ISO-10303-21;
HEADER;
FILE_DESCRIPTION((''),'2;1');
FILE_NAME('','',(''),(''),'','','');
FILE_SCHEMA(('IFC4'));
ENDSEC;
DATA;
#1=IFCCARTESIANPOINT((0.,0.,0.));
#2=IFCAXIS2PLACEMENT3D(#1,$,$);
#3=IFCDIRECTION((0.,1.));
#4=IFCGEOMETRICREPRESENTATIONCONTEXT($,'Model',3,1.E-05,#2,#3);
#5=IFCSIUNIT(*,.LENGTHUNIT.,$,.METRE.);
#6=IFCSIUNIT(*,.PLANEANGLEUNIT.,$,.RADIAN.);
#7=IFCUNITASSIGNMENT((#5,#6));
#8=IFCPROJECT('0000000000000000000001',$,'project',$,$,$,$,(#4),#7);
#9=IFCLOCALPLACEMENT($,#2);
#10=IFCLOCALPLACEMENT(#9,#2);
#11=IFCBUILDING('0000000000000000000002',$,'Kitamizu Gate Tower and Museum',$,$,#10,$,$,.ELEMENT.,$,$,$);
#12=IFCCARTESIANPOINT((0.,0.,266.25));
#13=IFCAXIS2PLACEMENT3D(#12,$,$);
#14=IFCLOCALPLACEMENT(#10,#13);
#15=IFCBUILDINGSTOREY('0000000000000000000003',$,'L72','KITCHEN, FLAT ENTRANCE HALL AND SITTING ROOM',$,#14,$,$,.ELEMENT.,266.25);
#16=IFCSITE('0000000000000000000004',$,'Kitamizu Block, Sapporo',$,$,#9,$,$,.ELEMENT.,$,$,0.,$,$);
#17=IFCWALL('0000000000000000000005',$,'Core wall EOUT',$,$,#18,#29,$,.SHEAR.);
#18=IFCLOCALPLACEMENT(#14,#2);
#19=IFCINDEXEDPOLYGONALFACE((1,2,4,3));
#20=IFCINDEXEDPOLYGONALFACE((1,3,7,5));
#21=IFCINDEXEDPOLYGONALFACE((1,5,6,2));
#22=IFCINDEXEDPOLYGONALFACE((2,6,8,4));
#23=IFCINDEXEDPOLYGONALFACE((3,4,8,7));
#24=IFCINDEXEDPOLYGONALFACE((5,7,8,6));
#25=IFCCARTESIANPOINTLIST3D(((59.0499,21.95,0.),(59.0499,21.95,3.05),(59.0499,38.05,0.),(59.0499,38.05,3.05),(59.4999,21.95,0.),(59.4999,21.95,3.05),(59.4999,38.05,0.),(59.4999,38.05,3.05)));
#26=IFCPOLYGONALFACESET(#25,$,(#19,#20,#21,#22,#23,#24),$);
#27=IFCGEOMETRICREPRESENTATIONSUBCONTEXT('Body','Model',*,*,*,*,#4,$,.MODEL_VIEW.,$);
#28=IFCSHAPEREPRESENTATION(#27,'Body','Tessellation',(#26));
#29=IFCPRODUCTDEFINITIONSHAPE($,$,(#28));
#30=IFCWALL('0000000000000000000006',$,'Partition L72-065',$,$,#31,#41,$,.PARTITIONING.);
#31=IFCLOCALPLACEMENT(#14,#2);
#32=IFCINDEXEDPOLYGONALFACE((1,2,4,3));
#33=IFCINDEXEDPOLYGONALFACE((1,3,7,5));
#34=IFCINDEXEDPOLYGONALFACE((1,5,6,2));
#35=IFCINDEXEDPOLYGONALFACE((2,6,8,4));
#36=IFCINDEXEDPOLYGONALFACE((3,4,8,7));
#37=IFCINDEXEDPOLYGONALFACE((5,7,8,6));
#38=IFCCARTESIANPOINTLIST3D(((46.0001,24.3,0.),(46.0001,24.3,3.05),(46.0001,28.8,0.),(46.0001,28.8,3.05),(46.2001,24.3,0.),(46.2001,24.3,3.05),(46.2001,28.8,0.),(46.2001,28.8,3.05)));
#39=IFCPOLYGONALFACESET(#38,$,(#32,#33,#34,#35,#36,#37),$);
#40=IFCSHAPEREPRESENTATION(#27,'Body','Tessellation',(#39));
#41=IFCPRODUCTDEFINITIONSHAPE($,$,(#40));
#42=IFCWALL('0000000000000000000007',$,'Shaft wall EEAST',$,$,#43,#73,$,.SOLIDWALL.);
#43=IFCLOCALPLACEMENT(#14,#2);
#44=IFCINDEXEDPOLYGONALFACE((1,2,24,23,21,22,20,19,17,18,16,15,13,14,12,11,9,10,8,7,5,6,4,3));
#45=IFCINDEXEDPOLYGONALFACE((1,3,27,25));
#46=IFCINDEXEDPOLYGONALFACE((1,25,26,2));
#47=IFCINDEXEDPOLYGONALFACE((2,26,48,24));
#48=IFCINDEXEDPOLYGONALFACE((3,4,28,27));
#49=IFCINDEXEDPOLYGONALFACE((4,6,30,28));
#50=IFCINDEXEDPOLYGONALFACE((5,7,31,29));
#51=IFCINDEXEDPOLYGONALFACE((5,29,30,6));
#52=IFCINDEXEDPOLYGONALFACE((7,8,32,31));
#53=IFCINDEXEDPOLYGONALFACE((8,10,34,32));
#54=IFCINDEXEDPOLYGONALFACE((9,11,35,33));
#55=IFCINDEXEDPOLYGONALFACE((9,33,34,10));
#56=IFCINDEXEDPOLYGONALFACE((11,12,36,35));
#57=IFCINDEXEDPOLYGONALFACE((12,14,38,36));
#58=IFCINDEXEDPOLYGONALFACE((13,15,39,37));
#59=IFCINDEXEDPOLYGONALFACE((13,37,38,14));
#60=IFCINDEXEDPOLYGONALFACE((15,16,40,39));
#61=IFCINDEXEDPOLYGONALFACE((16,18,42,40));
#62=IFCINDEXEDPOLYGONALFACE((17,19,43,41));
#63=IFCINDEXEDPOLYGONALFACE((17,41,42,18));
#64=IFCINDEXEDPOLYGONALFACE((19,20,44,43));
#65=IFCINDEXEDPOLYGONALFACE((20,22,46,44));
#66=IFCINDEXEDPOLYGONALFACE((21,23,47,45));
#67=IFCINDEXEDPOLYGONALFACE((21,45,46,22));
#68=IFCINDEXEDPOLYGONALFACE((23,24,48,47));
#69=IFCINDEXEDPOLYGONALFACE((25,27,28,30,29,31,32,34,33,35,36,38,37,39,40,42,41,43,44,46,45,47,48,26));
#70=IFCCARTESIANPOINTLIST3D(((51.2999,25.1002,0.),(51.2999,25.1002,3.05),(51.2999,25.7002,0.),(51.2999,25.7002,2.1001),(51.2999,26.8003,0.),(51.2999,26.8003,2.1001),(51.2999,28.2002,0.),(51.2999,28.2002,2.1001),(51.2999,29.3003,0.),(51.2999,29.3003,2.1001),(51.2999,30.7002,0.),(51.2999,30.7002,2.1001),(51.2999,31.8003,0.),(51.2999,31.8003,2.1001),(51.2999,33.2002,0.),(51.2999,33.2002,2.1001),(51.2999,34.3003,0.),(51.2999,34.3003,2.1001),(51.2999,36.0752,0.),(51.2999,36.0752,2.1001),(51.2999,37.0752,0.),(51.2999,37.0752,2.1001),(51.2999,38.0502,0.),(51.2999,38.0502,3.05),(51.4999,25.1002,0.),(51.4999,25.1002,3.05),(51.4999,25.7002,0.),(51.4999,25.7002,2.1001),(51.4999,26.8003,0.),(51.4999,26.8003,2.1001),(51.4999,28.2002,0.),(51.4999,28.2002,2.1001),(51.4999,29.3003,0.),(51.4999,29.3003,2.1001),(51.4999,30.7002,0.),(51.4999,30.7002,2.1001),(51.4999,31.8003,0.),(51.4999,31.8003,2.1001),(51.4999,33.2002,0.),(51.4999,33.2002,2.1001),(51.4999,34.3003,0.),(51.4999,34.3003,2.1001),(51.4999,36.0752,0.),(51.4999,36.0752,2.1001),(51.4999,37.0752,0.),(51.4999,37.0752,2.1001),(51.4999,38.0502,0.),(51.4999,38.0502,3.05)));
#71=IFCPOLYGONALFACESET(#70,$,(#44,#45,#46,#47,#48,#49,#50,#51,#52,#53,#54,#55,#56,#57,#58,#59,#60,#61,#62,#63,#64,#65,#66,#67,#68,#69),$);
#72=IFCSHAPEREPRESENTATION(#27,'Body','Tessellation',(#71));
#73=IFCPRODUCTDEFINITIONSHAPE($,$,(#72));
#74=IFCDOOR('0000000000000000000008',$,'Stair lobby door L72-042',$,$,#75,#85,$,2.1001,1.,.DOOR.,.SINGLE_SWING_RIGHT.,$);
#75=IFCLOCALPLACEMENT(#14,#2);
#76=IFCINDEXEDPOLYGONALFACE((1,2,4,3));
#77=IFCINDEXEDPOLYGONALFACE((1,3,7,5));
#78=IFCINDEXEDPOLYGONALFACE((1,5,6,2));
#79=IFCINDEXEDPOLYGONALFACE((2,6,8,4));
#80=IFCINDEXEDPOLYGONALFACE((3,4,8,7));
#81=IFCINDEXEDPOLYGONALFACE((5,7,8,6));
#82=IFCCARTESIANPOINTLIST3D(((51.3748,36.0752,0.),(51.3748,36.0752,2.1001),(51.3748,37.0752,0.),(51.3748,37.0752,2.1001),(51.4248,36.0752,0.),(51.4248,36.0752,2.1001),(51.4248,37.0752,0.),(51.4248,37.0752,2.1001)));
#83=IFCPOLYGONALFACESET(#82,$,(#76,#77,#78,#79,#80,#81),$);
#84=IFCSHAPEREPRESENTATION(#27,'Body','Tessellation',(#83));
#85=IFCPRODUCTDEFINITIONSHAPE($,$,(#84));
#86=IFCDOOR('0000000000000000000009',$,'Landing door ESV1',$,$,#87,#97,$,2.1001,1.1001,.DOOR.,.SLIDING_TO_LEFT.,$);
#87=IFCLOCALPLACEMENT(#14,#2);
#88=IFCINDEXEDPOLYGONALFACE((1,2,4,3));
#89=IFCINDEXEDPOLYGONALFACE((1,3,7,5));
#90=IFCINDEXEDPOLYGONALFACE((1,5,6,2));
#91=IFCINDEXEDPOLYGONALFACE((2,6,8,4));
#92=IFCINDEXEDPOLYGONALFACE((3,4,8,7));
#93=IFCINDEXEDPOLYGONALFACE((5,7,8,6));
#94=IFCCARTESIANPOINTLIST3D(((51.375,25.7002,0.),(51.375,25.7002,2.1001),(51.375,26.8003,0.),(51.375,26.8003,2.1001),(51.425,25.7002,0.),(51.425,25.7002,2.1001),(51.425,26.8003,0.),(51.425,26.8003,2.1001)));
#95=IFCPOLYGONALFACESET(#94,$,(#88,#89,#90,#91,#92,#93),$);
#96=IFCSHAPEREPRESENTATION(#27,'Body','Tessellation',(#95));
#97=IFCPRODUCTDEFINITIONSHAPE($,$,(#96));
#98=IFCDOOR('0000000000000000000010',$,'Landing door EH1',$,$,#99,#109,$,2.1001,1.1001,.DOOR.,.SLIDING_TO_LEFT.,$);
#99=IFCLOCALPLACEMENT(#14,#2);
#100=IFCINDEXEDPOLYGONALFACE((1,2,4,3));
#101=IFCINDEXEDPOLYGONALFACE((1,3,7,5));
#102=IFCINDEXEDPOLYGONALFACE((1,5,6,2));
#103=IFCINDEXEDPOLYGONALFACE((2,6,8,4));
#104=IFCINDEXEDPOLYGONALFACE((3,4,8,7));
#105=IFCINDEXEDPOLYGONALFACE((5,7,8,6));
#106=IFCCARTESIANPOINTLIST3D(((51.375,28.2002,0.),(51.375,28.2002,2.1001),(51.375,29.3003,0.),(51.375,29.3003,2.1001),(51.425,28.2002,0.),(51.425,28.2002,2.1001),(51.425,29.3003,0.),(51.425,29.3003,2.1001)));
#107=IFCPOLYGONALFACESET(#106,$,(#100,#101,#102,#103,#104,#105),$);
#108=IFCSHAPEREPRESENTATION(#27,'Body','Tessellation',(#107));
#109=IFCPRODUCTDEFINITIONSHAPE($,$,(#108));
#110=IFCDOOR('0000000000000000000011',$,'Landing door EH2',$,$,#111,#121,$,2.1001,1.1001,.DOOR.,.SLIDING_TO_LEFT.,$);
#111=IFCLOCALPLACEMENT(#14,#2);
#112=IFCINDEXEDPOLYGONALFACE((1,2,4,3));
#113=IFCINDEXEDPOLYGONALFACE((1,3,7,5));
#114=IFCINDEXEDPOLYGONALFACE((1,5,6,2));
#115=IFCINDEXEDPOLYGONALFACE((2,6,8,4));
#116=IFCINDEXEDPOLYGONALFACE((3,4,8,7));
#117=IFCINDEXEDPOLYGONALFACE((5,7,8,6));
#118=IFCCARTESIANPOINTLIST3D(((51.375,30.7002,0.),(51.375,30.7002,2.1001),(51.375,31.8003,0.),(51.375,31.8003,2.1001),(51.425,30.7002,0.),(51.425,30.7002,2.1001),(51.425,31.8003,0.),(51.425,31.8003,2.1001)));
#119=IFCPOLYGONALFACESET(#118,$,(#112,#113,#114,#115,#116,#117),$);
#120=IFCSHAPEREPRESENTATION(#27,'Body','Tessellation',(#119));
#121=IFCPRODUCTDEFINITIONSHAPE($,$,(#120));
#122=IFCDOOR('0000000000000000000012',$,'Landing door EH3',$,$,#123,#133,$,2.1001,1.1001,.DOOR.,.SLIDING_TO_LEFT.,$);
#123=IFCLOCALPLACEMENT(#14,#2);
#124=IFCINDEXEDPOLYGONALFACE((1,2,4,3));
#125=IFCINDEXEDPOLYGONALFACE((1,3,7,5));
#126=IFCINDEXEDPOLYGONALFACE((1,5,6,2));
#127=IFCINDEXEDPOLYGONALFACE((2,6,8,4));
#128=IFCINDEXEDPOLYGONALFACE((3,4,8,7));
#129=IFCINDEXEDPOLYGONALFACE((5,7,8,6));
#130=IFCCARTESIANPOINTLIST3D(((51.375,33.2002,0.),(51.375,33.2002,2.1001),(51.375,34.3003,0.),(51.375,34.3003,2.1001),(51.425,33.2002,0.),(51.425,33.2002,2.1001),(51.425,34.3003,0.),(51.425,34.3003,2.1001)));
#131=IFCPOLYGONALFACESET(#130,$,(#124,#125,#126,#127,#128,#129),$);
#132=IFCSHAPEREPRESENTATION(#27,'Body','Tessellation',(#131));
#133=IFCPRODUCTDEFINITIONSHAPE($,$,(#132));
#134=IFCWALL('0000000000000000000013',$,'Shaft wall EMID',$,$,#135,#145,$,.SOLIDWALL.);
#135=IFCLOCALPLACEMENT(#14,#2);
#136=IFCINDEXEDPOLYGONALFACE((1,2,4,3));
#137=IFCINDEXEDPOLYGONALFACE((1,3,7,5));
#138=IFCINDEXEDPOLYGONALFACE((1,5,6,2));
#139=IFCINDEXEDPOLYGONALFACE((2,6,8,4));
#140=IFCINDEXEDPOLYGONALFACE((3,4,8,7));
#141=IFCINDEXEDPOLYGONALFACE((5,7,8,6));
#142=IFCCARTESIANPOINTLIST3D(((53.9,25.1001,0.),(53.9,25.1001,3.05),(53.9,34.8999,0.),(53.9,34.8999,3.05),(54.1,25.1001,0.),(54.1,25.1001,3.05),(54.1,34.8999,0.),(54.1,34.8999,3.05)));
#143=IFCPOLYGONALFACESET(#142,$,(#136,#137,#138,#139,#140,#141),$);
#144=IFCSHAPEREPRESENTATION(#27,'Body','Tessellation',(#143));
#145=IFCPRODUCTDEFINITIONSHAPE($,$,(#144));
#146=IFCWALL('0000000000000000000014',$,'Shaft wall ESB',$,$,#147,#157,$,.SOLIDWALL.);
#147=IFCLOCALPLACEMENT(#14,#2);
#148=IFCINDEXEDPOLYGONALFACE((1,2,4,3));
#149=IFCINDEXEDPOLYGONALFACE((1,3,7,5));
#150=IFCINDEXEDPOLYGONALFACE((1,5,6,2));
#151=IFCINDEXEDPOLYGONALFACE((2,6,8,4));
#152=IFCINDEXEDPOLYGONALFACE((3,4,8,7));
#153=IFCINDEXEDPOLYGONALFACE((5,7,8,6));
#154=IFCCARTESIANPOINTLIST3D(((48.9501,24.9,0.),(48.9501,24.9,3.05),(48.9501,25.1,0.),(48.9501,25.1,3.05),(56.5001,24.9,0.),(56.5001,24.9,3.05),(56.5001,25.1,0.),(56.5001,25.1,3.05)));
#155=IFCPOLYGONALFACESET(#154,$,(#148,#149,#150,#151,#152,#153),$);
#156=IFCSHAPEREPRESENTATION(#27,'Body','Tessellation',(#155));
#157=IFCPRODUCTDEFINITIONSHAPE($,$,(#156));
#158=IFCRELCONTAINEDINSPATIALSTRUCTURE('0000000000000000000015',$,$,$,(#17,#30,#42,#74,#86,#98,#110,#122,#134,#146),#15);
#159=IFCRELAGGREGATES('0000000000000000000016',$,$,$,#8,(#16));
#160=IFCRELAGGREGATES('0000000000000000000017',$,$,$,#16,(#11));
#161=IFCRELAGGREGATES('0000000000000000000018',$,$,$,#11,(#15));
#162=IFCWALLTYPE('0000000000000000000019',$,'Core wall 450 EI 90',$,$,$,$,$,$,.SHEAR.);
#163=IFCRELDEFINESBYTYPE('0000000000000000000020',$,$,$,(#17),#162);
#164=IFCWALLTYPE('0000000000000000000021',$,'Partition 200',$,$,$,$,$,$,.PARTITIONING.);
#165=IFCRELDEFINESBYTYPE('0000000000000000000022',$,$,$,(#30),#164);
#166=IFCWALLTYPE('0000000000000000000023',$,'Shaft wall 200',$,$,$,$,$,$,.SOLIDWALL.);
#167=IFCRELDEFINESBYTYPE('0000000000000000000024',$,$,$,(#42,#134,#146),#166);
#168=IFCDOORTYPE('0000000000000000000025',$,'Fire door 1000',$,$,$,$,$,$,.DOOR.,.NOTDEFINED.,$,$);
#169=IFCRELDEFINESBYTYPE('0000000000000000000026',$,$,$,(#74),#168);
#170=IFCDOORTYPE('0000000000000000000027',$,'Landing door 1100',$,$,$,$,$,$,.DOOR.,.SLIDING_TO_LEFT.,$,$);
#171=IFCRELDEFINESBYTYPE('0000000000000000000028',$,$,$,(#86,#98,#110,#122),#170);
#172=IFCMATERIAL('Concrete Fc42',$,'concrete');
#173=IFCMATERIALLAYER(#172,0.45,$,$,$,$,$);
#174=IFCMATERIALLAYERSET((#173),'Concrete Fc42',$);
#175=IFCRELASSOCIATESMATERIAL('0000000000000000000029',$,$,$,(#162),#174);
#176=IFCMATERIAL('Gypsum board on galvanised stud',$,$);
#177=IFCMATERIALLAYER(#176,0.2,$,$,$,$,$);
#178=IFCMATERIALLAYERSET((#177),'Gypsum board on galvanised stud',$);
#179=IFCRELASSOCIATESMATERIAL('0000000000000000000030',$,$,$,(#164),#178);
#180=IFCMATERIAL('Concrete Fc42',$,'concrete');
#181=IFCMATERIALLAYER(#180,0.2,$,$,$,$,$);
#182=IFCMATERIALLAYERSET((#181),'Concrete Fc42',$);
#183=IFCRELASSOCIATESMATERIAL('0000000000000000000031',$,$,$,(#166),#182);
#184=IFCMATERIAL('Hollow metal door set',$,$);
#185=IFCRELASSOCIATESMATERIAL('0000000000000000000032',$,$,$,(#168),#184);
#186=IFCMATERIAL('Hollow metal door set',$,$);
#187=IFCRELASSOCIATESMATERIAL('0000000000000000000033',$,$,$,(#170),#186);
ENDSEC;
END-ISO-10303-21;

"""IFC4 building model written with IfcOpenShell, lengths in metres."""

from ifc_helpers import new_model, si_unit, direction, frame, frame_2d, origin, place, context, subcontext, project, spatial, rectangle, extrude, material, layer, layer_set, type_object, element, fill, save


model = new_model("IFC4")

# Units and contexts
model_context = context("Model", 3, precision=1e-05, world=origin(), true_north=direction((0.0, 1.0)))
body_context = subcontext(model_context, "Body", "Model", "MODEL_VIEW")
ifc_project = project(units=[si_unit("LENGTHUNIT", "METRE"), si_unit("PLANEANGLEUNIT", "RADIAN")], contexts=[model_context])

# Site, building, storey
site_placement = place(None, origin())
site = spatial("IfcSite", under=ifc_project, at=site_placement, Name="Kitamizu Block, Sapporo", CompositionType="ELEMENT", RefElevation=0.0)
building_placement = place(site_placement, origin())
building = spatial("IfcBuilding", under=site, at=building_placement, Name="Kitamizu Gate Tower and Museum", CompositionType="ELEMENT")
storey_placement = place(building_placement, frame((0.0, 0.0, 266.25)))
storey = spatial("IfcBuildingStorey", under=building, at=storey_placement, Name="L72", Description="KITCHEN, FLAT ENTRANCE HALL AND SITTING ROOM", CompositionType="ELEMENT", Elevation=266.25)

# Walls
ifc_material_1 = material(Name="Concrete Fc42", Category="concrete")
ifc_layer_1 = layer(ifc_material_1, 0.45)
ifc_layer_set_1 = layer_set([ifc_layer_1], Name="Concrete Fc42")
wall_type_1 = type_object("IfcWallType", Name="Core wall 450 EI 90", PredefinedType="SHEAR", material=ifc_layer_set_1)
wall_1_placement = place(storey_placement, frame((59.2749, 21.95, 0.0), z_axis=(0.0, 0.0, 1.0), x_axis=(0.0, 1.0, 0.0)))
element("IfcWall", 1, at=wall_1_placement, inside=storey, type_object=wall_type_1, Name="Core wall EOUT", PredefinedType="SHEAR", context=body_context, shape_type="SweptSolid", body=[
    extrude(rectangle(XDim=16.1001, YDim=0.45, at=frame_2d((8.05, 0.0))), origin(), (0.0, 0.0, 1.0), 3.05),
])
ifc_material_2 = material(Name="Gypsum board on galvanised stud")
ifc_layer_2 = layer(ifc_material_2, 0.2)
ifc_layer_set_2 = layer_set([ifc_layer_2], Name="Gypsum board on galvanised stud")
wall_type_2 = type_object("IfcWallType", Name="Partition 200", PredefinedType="PARTITIONING", material=ifc_layer_set_2)
wall_2_placement = place(storey_placement, frame((46.1001, 24.3, 0.0), z_axis=(0.0, 0.0, 1.0), x_axis=(0.0, 1.0, 0.0)))
element("IfcWall", 2, at=wall_2_placement, inside=storey, type_object=wall_type_2, Name="Partition L72-065", PredefinedType="PARTITIONING", context=body_context, shape_type="SweptSolid", body=[
    extrude(rectangle(XDim=4.5, YDim=0.2, at=frame_2d((2.25, 0.0))), origin(), (0.0, 0.0, 1.0), 3.05),
])

# Wall, openings, doors
ifc_material_3 = material(Name="Concrete Fc42", Category="concrete")
ifc_layer_3 = layer(ifc_material_3, 0.2)
ifc_layer_set_3 = layer_set([ifc_layer_3], Name="Concrete Fc42")
wall_type_3 = type_object("IfcWallType", Name="Shaft wall 200", PredefinedType="SOLIDWALL", material=ifc_layer_set_3)
wall_3_placement = place(storey_placement, frame((51.3999, 25.1001, 0.0), z_axis=(0.0, 0.0, 1.0), x_axis=(0.0, 1.0, 0.0)))
wall_3 = element("IfcWall", 3, at=wall_3_placement, inside=storey, type_object=wall_type_3, Name="Shaft wall EEAST", PredefinedType="SOLIDWALL", context=body_context, shape_type="SweptSolid", body=[
    extrude(rectangle(XDim=12.95, YDim=0.2, at=frame_2d((6.4751, 0.0))), origin(), (0.0, 0.0, 1.0), 3.05),
])
opening_1_placement = place(wall_3_placement, frame((0.6001, 0.0, 0.0)))
opening_1 = element("IfcOpeningElement", 4, at=opening_1_placement, cuts=wall_3, PredefinedType="OPENING", context=body_context, shape_type="SweptSolid", body=[
    extrude(rectangle(XDim=1.1001, YDim=2.1001, at=frame_2d((0.55, 1.05))), frame((0.0, 0.1099, 0.0), z_axis=(0.0, -1.0, 0.0), x_axis=(1.0, 0.0, 0.0)), (0.0, 0.0, 1.0), 0.22),
])
opening_2_placement = place(wall_3_placement, frame((3.1001, 0.0, 0.0)))
opening_2 = element("IfcOpeningElement", 5, at=opening_2_placement, cuts=wall_3, PredefinedType="OPENING", context=body_context, shape_type="SweptSolid", body=[
    extrude(rectangle(XDim=1.1001, YDim=2.1001, at=frame_2d((0.55, 1.05))), frame((0.0, 0.1099, 0.0), z_axis=(0.0, -1.0, 0.0), x_axis=(1.0, 0.0, 0.0)), (0.0, 0.0, 1.0), 0.22),
])
opening_3_placement = place(wall_3_placement, frame((5.6001, 0.0, 0.0)))
opening_3 = element("IfcOpeningElement", 6, at=opening_3_placement, cuts=wall_3, PredefinedType="OPENING", context=body_context, shape_type="SweptSolid", body=[
    extrude(rectangle(XDim=1.1001, YDim=2.1001, at=frame_2d((0.55, 1.05))), frame((0.0, 0.1099, 0.0), z_axis=(0.0, -1.0, 0.0), x_axis=(1.0, 0.0, 0.0)), (0.0, 0.0, 1.0), 0.22),
])
opening_4_placement = place(wall_3_placement, frame((8.1001, 0.0, 0.0)))
opening_4 = element("IfcOpeningElement", 7, at=opening_4_placement, cuts=wall_3, PredefinedType="OPENING", context=body_context, shape_type="SweptSolid", body=[
    extrude(rectangle(XDim=1.1001, YDim=2.1001, at=frame_2d((0.55, 1.05))), frame((0.0, 0.1099, 0.0), z_axis=(0.0, -1.0, 0.0), x_axis=(1.0, 0.0, 0.0)), (0.0, 0.0, 1.0), 0.22),
])
opening_5_placement = place(wall_3_placement, frame((10.9751, 0.0, 0.0)))
opening_5 = element("IfcOpeningElement", 8, at=opening_5_placement, cuts=wall_3, PredefinedType="OPENING", context=body_context, shape_type="SweptSolid", body=[
    extrude(rectangle(XDim=1.0, YDim=2.1001, at=frame_2d((0.5, 1.05))), frame((0.0, 0.1099, 0.0), z_axis=(0.0, -1.0, 0.0), x_axis=(1.0, 0.0, 0.0)), (0.0, 0.0, 1.0), 0.22),
])
ifc_material_4 = material(Name="Hollow metal door set")
door_type_1 = type_object("IfcDoorType", Name="Fire door 1000", OperationType="NOTDEFINED", PredefinedType="DOOR", material=ifc_material_4)
door_1_placement = place(opening_5_placement, frame((1.0, 0.0, 0.0), x_axis=(-1.0, 0.0, 0.0)))
door_1 = element("IfcDoor", 9, at=door_1_placement, inside=storey, type_object=door_type_1, Name="Stair lobby door L72-042", OperationType="SINGLE_SWING_RIGHT", OverallHeight=2.1001, OverallWidth=1.0, PredefinedType="DOOR", context=body_context, shape_type="SweptSolid", body=[
    extrude(rectangle(XDim=1.0, YDim=2.1001, at=frame_2d((0.5, 1.05))), frame((0.0, 0.0249, 0.0), z_axis=(0.0, -1.0, 0.0), x_axis=(1.0, 0.0, 0.0)), (0.0, 0.0, 1.0), 0.05),
])
fill(opening_5, door_1)
ifc_material_5 = material(Name="Hollow metal door set")
door_type_2 = type_object("IfcDoorType", Name="Landing door 1100", OperationType="SLIDING_TO_LEFT", PredefinedType="DOOR", material=ifc_material_5)
door_2_placement = place(opening_1_placement, origin())
door_2 = element("IfcDoor", 10, at=door_2_placement, inside=storey, type_object=door_type_2, Name="Landing door ESV1", OperationType="SLIDING_TO_LEFT", OverallHeight=2.1001, OverallWidth=1.1001, PredefinedType="DOOR", context=body_context, shape_type="SweptSolid", body=[
    extrude(rectangle(XDim=1.1001, YDim=2.1001, at=frame_2d((0.55, 1.05))), frame((0.0, 0.0249, 0.0), z_axis=(0.0, -1.0, 0.0), x_axis=(1.0, 0.0, 0.0)), (0.0, 0.0, 1.0), 0.05),
])
fill(opening_1, door_2)
door_3_placement = place(opening_2_placement, origin())
door_3 = element("IfcDoor", 11, at=door_3_placement, inside=storey, type_object=door_type_2, Name="Landing door EH1", OperationType="SLIDING_TO_LEFT", OverallHeight=2.1001, OverallWidth=1.1001, PredefinedType="DOOR", context=body_context, shape_type="SweptSolid", body=[
    extrude(rectangle(XDim=1.1001, YDim=2.1001, at=frame_2d((0.55, 1.05))), frame((0.0, 0.0249, 0.0), z_axis=(0.0, -1.0, 0.0), x_axis=(1.0, 0.0, 0.0)), (0.0, 0.0, 1.0), 0.05),
])
fill(opening_2, door_3)
door_4_placement = place(opening_3_placement, origin())
door_4 = element("IfcDoor", 12, at=door_4_placement, inside=storey, type_object=door_type_2, Name="Landing door EH2", OperationType="SLIDING_TO_LEFT", OverallHeight=2.1001, OverallWidth=1.1001, PredefinedType="DOOR", context=body_context, shape_type="SweptSolid", body=[
    extrude(rectangle(XDim=1.1001, YDim=2.1001, at=frame_2d((0.55, 1.05))), frame((0.0, 0.0249, 0.0), z_axis=(0.0, -1.0, 0.0), x_axis=(1.0, 0.0, 0.0)), (0.0, 0.0, 1.0), 0.05),
])
fill(opening_3, door_4)
door_5_placement = place(opening_4_placement, origin())
door_5 = element("IfcDoor", 13, at=door_5_placement, inside=storey, type_object=door_type_2, Name="Landing door EH3", OperationType="SLIDING_TO_LEFT", OverallHeight=2.1001, OverallWidth=1.1001, PredefinedType="DOOR", context=body_context, shape_type="SweptSolid", body=[
    extrude(rectangle(XDim=1.1001, YDim=2.1001, at=frame_2d((0.55, 1.05))), frame((0.0, 0.0249, 0.0), z_axis=(0.0, -1.0, 0.0), x_axis=(1.0, 0.0, 0.0)), (0.0, 0.0, 1.0), 0.05),
])
fill(opening_4, door_5)

# Walls
wall_4_placement = place(storey_placement, frame((54.0, 25.1001, 0.0), z_axis=(0.0, 0.0, 1.0), x_axis=(0.0, 1.0, 0.0)))
element("IfcWall", 14, at=wall_4_placement, inside=storey, type_object=wall_type_3, Name="Shaft wall EMID", PredefinedType="SOLIDWALL", context=body_context, shape_type="SweptSolid", body=[
    extrude(rectangle(XDim=9.7998, YDim=0.2, at=frame_2d((4.8999, 0.0))), origin(), (0.0, 0.0, 1.0), 3.05),
])
wall_5_placement = place(storey_placement, frame((56.5, 25.0, 0.0), z_axis=(0.0, 0.0, 1.0), x_axis=(-1.0, 0.0, 0.0)))
element("IfcWall", 15, at=wall_5_placement, inside=storey, type_object=wall_type_3, Name="Shaft wall ESB", PredefinedType="SOLIDWALL", context=body_context, shape_type="SweptSolid", body=[
    extrude(rectangle(XDim=7.55, YDim=0.2, at=frame_2d((3.7749, 0.0))), origin(), (0.0, 0.0, 1.0), 3.05),
])

save(model, "model.ifc")
